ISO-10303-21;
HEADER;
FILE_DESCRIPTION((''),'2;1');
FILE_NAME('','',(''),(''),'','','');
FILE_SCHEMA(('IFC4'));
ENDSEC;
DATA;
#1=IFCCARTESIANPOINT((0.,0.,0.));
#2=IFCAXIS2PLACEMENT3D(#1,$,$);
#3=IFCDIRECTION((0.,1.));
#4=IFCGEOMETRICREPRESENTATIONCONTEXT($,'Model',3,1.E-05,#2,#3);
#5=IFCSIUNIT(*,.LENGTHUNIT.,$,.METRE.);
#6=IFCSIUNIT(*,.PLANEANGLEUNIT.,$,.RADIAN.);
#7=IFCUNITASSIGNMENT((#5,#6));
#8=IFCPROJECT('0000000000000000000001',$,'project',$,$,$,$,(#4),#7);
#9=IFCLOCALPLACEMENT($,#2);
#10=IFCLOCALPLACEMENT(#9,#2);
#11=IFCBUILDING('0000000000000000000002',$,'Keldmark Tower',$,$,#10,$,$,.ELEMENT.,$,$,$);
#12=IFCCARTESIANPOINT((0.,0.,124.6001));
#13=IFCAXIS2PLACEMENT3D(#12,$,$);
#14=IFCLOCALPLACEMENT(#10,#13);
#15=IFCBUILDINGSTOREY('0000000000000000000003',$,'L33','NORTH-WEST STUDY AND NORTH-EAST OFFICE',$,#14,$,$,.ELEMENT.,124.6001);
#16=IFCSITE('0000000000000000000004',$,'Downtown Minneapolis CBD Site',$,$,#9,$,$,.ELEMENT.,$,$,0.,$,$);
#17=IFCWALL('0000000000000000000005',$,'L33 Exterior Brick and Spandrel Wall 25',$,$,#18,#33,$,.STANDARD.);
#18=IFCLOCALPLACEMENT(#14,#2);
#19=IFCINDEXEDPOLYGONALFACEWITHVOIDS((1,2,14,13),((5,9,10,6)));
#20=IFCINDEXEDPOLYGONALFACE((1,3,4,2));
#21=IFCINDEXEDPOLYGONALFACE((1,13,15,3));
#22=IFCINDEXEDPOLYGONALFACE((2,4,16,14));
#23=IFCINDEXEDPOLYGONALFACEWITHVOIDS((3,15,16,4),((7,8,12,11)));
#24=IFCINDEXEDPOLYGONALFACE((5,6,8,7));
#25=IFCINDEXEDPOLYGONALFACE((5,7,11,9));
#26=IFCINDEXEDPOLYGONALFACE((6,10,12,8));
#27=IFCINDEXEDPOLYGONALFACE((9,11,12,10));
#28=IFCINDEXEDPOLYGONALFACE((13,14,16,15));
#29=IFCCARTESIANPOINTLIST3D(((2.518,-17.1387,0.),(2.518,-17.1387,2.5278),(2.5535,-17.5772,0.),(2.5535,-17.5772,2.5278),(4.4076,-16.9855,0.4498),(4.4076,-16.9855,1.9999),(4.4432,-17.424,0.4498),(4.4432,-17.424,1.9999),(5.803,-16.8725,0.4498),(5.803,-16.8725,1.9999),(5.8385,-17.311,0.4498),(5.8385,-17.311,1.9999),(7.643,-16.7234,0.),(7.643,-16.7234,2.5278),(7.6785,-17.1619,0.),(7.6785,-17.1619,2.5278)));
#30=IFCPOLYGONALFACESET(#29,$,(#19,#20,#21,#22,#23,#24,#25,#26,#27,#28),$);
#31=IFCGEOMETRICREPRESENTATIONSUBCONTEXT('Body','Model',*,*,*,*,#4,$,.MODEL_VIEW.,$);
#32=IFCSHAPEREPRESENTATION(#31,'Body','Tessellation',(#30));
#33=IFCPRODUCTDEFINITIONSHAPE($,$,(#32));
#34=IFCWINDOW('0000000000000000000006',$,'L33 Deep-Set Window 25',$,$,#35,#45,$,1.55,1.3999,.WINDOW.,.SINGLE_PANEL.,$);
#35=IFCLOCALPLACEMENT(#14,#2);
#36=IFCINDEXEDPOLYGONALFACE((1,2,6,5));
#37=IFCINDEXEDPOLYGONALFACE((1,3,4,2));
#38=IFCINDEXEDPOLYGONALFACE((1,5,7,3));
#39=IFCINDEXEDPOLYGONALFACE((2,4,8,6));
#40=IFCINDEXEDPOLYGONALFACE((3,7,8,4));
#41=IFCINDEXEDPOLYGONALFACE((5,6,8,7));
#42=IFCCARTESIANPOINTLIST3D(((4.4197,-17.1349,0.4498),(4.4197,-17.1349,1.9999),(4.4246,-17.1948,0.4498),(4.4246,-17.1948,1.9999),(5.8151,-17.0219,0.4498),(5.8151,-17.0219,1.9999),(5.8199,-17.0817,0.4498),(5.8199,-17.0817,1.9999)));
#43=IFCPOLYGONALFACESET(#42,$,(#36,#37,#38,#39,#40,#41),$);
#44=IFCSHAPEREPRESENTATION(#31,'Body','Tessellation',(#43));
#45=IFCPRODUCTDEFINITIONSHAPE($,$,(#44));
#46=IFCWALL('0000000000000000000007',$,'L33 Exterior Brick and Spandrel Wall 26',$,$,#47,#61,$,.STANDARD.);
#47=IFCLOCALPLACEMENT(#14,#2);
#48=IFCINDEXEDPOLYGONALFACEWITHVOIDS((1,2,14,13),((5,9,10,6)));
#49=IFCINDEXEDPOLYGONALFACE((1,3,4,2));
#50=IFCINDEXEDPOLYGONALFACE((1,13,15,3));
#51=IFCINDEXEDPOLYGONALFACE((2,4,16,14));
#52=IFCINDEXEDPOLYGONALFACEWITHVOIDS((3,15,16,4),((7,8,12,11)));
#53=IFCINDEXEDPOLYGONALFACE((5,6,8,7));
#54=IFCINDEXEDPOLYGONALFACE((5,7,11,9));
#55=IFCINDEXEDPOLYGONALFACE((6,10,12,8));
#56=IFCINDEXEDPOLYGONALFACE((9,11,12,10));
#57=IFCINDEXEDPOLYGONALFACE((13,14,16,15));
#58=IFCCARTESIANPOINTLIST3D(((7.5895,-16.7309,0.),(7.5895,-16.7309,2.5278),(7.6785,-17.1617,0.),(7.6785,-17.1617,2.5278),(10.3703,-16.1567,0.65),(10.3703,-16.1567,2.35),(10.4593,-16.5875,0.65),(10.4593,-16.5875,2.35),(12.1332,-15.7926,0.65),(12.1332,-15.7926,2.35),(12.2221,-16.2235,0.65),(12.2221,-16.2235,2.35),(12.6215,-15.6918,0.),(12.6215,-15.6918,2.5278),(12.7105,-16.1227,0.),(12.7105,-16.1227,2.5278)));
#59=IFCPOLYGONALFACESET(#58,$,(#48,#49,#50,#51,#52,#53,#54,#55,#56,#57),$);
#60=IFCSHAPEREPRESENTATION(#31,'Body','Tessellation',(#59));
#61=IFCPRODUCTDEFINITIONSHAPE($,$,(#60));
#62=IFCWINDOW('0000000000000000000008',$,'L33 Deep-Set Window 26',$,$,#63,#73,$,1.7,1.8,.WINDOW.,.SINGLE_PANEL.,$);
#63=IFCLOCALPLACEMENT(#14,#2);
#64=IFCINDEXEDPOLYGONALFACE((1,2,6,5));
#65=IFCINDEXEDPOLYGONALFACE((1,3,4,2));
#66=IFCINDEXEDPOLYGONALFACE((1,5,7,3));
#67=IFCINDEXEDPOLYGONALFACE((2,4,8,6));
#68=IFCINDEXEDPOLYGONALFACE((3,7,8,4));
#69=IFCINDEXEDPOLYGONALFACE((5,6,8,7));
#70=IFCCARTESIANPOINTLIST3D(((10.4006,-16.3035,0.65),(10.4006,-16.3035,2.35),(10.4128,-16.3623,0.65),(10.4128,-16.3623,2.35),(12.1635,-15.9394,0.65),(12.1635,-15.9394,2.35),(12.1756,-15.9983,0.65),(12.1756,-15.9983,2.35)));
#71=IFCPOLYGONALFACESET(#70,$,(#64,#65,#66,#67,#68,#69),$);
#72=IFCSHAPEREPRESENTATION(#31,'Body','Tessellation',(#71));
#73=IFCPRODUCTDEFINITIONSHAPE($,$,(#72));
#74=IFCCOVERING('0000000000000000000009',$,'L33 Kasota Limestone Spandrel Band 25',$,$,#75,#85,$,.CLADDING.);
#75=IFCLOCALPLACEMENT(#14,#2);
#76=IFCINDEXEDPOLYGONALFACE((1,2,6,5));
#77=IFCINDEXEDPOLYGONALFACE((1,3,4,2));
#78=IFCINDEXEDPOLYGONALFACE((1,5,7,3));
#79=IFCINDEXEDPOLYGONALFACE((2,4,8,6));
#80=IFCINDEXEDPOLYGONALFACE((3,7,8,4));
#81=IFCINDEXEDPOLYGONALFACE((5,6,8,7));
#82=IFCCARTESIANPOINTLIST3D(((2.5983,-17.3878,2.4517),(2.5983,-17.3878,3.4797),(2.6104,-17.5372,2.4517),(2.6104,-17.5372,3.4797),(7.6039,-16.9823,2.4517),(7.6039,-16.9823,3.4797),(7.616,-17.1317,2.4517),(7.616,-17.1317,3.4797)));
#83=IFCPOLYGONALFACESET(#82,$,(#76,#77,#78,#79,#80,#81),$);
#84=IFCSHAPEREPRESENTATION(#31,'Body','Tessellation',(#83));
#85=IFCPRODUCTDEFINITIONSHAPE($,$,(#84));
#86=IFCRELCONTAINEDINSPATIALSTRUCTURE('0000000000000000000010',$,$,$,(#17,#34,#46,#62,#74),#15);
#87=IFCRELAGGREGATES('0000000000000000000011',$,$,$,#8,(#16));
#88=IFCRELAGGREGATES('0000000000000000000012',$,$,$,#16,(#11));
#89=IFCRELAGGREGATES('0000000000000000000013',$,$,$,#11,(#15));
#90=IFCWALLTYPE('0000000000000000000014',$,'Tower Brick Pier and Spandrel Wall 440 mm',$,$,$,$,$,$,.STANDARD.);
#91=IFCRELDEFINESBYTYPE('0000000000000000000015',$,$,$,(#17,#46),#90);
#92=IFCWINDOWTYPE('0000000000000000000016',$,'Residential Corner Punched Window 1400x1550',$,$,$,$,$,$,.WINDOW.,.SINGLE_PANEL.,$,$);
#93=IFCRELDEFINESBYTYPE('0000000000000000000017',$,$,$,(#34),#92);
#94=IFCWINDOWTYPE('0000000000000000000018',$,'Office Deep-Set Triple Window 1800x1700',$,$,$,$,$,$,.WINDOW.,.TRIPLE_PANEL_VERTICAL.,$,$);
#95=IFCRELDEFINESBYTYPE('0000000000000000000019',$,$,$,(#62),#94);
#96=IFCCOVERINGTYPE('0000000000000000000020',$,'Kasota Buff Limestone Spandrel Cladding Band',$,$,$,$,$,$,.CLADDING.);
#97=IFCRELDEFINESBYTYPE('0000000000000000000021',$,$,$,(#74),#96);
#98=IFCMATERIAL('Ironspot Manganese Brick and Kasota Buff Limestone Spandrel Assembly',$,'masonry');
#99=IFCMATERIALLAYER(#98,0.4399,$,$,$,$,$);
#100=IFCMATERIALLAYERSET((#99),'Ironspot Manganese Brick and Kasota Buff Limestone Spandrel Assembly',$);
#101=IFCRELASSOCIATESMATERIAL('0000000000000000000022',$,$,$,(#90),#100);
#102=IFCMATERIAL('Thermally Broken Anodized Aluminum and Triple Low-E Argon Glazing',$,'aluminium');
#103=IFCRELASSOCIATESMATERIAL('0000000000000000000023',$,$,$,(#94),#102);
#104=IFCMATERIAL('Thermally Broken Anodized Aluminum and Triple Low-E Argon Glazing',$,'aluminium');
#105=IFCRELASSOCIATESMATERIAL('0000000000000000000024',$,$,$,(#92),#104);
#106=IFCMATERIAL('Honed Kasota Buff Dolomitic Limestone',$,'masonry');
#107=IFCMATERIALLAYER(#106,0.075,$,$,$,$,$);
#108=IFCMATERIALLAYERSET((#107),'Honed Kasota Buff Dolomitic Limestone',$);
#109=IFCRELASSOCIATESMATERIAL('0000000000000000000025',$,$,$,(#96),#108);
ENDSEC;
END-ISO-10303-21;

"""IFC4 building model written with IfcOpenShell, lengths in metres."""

from ifc_helpers import new_model, si_unit, direction, frame, frame_2d, origin, origin_2d, place, context, subcontext, project, spatial, rectangle, extrude, material, layer, layer_set, type_object, element, fill, save


model = new_model("IFC4")

# Units and contexts
model_context = context("Model", 3, precision=1e-05, world=origin(), true_north=direction((0.0, 1.0)))
body_context = subcontext(model_context, "Body", "Model", "MODEL_VIEW")
ifc_project = project(units=[si_unit("LENGTHUNIT", "METRE"), si_unit("PLANEANGLEUNIT", "RADIAN")], contexts=[model_context])

# Site, building, storey
site_placement = place(None, origin())
site = spatial("IfcSite", under=ifc_project, at=site_placement, Name="Downtown Minneapolis CBD Site", CompositionType="ELEMENT", RefElevation=0.0)
building_placement = place(site_placement, origin())
building = spatial("IfcBuilding", under=site, at=building_placement, Name="Keldmark Tower", CompositionType="ELEMENT")
storey_placement = place(building_placement, frame((0.0, 0.0, 124.6001)))
storey = spatial("IfcBuildingStorey", under=building, at=storey_placement, Name="L33", Description="NORTH-WEST STUDY AND NORTH-EAST OFFICE", CompositionType="ELEMENT", Elevation=124.6001)

# Walls, openings, windows
ifc_material_1 = material(Name="Ironspot Manganese Brick and Kasota Buff Limestone Spandrel Assembly", Category="masonry")
ifc_layer_1 = layer(ifc_material_1, 0.4399)
ifc_layer_set_1 = layer_set([ifc_layer_1], Name="Ironspot Manganese Brick and Kasota Buff Limestone Spandrel Assembly")
wall_type_1 = type_object("IfcWallType", Name="Tower Brick Pier and Spandrel Wall 440 mm", PredefinedType="STANDARD", material=ifc_layer_set_1)
ifc_material_2 = material(Name="Thermally Broken Anodized Aluminum and Triple Low-E Argon Glazing", Category="aluminium")
window_type_1 = type_object("IfcWindowType", Name="Office Deep-Set Triple Window 1800x1700", PartitioningType="TRIPLE_PANEL_VERTICAL", PredefinedType="WINDOW", material=ifc_material_2)
wall_1_placement = place(storey_placement, frame((7.6606, -16.9426, 0.0), z_axis=(0.0, 0.0, 1.0), x_axis=(-0.996733, -0.080766, 0.0)))
wall_1 = element("IfcWall", 1, at=wall_1_placement, inside=storey, type_object=wall_type_1, Name="L33 Exterior Brick and Spandrel Wall 25", PredefinedType="STANDARD", context=body_context, shape_type="SweptSolid", body=[
    extrude(rectangle(XDim=5.1418, YDim=0.4399, at=frame_2d((2.5708, 0.0))), origin(), (0.0, 0.0, 1.0), 2.5278),
])
opening_1_placement = place(wall_1_placement, frame((1.8459, 0.0, 0.45)))
opening_1 = element("IfcOpeningElement", 2, at=opening_1_placement, cuts=wall_1, PredefinedType="OPENING", context=body_context, shape_type="SweptSolid", body=[
    extrude(rectangle(XDim=1.3999, YDim=1.55, at=frame_2d((0.7, 0.7749))), frame((0.0, 0.23, 0.0), z_axis=(0.0, -1.0, 0.0), x_axis=(1.0, 0.0, 0.0)), (0.0, 0.0, 1.0), 0.46),
])
ifc_material_3 = material(Name="Thermally Broken Anodized Aluminum and Triple Low-E Argon Glazing", Category="aluminium")
window_type_2 = type_object("IfcWindowType", Name="Residential Corner Punched Window 1400x1550", PartitioningType="SINGLE_PANEL", PredefinedType="WINDOW", material=ifc_material_3)
window_1_placement = place(opening_1_placement, origin())
window_1 = element("IfcWindow", 3, at=window_1_placement, inside=storey, type_object=window_type_2, Name="L33 Deep-Set Window 25", OverallHeight=1.55, OverallWidth=1.3999, PartitioningType="SINGLE_PANEL", PredefinedType="WINDOW", context=body_context, shape_type="SweptSolid", body=[
    extrude(rectangle(XDim=1.3999, YDim=1.55, at=frame_2d((0.7, 0.7749))), frame((0.0, -0.01, 0.0), z_axis=(0.0, -1.0, 0.0), x_axis=(1.0, 0.0, 0.0)), (0.0, 0.0, 1.0), 0.0601),
])
fill(opening_1, window_1)
wall_2_placement = place(storey_placement, frame((12.666, -15.9072, 0.0), z_axis=(0.0, 0.0, 1.0), x_axis=(-0.979339, -0.202225, 0.0)))
wall_2 = element("IfcWall", 4, at=wall_2_placement, inside=storey, type_object=wall_type_1, Name="L33 Exterior Brick and Spandrel Wall 26", PredefinedType="STANDARD", context=body_context, shape_type="SweptSolid", body=[
    extrude(rectangle(XDim=5.1382, YDim=0.4399, at=frame_2d((2.5691, 0.0))), origin(), (0.0, 0.0, 1.0), 2.5278),
])
opening_2_placement = place(wall_2_placement, frame((0.4988, 0.0, 0.6499)))
opening_2 = element("IfcOpeningElement", 5, at=opening_2_placement, cuts=wall_2, PredefinedType="OPENING", context=body_context, shape_type="SweptSolid", body=[
    extrude(rectangle(XDim=1.8, YDim=1.7, at=frame_2d((0.8999, 0.8501))), frame((0.0, 0.23, 0.0), z_axis=(0.0, -1.0, 0.0), x_axis=(1.0, 0.0, 0.0)), (0.0, 0.0, 1.0), 0.46),
])
window_2_placement = place(opening_2_placement, origin())
window_2 = element("IfcWindow", 6, at=window_2_placement, inside=storey, type_object=window_type_1, Name="L33 Deep-Set Window 26", OverallHeight=1.7, OverallWidth=1.8, PartitioningType="SINGLE_PANEL", PredefinedType="WINDOW", context=body_context, shape_type="SweptSolid", body=[
    extrude(rectangle(XDim=1.8, YDim=1.7, at=frame_2d((0.8999, 0.8501))), frame((0.0, -0.01, 0.0), z_axis=(0.0, -1.0, 0.0), x_axis=(1.0, 0.0, 0.0)), (0.0, 0.0, 1.0), 0.0601),
])
fill(opening_2, window_2)

# Covering
ifc_material_4 = material(Name="Honed Kasota Buff Dolomitic Limestone", Category="masonry")
ifc_layer_2 = layer(ifc_material_4, 0.075)
ifc_layer_set_2 = layer_set([ifc_layer_2], Name="Honed Kasota Buff Dolomitic Limestone")
covering_type = type_object("IfcCoveringType", Name="Kasota Buff Limestone Spandrel Cladding Band", PredefinedType="CLADDING", material=ifc_layer_set_2)
covering_placement = place(storey_placement, frame((5.1072, -17.2598, 2.4517), z_axis=(0.0, 0.0, 1.0), x_axis=(0.996734, 0.080756, 0.0)))
element("IfcCovering", 7, at=covering_placement, inside=storey, type_object=covering_type, Name="L33 Kasota Limestone Spandrel Band 25", PredefinedType="CLADDING", context=body_context, shape_type="SweptSolid", body=[
    extrude(rectangle(XDim=5.022, YDim=0.1499, at=origin_2d()), origin(), (0.0, 0.0, 1.0), 1.0281),
])

save(model, "model.ifc")
